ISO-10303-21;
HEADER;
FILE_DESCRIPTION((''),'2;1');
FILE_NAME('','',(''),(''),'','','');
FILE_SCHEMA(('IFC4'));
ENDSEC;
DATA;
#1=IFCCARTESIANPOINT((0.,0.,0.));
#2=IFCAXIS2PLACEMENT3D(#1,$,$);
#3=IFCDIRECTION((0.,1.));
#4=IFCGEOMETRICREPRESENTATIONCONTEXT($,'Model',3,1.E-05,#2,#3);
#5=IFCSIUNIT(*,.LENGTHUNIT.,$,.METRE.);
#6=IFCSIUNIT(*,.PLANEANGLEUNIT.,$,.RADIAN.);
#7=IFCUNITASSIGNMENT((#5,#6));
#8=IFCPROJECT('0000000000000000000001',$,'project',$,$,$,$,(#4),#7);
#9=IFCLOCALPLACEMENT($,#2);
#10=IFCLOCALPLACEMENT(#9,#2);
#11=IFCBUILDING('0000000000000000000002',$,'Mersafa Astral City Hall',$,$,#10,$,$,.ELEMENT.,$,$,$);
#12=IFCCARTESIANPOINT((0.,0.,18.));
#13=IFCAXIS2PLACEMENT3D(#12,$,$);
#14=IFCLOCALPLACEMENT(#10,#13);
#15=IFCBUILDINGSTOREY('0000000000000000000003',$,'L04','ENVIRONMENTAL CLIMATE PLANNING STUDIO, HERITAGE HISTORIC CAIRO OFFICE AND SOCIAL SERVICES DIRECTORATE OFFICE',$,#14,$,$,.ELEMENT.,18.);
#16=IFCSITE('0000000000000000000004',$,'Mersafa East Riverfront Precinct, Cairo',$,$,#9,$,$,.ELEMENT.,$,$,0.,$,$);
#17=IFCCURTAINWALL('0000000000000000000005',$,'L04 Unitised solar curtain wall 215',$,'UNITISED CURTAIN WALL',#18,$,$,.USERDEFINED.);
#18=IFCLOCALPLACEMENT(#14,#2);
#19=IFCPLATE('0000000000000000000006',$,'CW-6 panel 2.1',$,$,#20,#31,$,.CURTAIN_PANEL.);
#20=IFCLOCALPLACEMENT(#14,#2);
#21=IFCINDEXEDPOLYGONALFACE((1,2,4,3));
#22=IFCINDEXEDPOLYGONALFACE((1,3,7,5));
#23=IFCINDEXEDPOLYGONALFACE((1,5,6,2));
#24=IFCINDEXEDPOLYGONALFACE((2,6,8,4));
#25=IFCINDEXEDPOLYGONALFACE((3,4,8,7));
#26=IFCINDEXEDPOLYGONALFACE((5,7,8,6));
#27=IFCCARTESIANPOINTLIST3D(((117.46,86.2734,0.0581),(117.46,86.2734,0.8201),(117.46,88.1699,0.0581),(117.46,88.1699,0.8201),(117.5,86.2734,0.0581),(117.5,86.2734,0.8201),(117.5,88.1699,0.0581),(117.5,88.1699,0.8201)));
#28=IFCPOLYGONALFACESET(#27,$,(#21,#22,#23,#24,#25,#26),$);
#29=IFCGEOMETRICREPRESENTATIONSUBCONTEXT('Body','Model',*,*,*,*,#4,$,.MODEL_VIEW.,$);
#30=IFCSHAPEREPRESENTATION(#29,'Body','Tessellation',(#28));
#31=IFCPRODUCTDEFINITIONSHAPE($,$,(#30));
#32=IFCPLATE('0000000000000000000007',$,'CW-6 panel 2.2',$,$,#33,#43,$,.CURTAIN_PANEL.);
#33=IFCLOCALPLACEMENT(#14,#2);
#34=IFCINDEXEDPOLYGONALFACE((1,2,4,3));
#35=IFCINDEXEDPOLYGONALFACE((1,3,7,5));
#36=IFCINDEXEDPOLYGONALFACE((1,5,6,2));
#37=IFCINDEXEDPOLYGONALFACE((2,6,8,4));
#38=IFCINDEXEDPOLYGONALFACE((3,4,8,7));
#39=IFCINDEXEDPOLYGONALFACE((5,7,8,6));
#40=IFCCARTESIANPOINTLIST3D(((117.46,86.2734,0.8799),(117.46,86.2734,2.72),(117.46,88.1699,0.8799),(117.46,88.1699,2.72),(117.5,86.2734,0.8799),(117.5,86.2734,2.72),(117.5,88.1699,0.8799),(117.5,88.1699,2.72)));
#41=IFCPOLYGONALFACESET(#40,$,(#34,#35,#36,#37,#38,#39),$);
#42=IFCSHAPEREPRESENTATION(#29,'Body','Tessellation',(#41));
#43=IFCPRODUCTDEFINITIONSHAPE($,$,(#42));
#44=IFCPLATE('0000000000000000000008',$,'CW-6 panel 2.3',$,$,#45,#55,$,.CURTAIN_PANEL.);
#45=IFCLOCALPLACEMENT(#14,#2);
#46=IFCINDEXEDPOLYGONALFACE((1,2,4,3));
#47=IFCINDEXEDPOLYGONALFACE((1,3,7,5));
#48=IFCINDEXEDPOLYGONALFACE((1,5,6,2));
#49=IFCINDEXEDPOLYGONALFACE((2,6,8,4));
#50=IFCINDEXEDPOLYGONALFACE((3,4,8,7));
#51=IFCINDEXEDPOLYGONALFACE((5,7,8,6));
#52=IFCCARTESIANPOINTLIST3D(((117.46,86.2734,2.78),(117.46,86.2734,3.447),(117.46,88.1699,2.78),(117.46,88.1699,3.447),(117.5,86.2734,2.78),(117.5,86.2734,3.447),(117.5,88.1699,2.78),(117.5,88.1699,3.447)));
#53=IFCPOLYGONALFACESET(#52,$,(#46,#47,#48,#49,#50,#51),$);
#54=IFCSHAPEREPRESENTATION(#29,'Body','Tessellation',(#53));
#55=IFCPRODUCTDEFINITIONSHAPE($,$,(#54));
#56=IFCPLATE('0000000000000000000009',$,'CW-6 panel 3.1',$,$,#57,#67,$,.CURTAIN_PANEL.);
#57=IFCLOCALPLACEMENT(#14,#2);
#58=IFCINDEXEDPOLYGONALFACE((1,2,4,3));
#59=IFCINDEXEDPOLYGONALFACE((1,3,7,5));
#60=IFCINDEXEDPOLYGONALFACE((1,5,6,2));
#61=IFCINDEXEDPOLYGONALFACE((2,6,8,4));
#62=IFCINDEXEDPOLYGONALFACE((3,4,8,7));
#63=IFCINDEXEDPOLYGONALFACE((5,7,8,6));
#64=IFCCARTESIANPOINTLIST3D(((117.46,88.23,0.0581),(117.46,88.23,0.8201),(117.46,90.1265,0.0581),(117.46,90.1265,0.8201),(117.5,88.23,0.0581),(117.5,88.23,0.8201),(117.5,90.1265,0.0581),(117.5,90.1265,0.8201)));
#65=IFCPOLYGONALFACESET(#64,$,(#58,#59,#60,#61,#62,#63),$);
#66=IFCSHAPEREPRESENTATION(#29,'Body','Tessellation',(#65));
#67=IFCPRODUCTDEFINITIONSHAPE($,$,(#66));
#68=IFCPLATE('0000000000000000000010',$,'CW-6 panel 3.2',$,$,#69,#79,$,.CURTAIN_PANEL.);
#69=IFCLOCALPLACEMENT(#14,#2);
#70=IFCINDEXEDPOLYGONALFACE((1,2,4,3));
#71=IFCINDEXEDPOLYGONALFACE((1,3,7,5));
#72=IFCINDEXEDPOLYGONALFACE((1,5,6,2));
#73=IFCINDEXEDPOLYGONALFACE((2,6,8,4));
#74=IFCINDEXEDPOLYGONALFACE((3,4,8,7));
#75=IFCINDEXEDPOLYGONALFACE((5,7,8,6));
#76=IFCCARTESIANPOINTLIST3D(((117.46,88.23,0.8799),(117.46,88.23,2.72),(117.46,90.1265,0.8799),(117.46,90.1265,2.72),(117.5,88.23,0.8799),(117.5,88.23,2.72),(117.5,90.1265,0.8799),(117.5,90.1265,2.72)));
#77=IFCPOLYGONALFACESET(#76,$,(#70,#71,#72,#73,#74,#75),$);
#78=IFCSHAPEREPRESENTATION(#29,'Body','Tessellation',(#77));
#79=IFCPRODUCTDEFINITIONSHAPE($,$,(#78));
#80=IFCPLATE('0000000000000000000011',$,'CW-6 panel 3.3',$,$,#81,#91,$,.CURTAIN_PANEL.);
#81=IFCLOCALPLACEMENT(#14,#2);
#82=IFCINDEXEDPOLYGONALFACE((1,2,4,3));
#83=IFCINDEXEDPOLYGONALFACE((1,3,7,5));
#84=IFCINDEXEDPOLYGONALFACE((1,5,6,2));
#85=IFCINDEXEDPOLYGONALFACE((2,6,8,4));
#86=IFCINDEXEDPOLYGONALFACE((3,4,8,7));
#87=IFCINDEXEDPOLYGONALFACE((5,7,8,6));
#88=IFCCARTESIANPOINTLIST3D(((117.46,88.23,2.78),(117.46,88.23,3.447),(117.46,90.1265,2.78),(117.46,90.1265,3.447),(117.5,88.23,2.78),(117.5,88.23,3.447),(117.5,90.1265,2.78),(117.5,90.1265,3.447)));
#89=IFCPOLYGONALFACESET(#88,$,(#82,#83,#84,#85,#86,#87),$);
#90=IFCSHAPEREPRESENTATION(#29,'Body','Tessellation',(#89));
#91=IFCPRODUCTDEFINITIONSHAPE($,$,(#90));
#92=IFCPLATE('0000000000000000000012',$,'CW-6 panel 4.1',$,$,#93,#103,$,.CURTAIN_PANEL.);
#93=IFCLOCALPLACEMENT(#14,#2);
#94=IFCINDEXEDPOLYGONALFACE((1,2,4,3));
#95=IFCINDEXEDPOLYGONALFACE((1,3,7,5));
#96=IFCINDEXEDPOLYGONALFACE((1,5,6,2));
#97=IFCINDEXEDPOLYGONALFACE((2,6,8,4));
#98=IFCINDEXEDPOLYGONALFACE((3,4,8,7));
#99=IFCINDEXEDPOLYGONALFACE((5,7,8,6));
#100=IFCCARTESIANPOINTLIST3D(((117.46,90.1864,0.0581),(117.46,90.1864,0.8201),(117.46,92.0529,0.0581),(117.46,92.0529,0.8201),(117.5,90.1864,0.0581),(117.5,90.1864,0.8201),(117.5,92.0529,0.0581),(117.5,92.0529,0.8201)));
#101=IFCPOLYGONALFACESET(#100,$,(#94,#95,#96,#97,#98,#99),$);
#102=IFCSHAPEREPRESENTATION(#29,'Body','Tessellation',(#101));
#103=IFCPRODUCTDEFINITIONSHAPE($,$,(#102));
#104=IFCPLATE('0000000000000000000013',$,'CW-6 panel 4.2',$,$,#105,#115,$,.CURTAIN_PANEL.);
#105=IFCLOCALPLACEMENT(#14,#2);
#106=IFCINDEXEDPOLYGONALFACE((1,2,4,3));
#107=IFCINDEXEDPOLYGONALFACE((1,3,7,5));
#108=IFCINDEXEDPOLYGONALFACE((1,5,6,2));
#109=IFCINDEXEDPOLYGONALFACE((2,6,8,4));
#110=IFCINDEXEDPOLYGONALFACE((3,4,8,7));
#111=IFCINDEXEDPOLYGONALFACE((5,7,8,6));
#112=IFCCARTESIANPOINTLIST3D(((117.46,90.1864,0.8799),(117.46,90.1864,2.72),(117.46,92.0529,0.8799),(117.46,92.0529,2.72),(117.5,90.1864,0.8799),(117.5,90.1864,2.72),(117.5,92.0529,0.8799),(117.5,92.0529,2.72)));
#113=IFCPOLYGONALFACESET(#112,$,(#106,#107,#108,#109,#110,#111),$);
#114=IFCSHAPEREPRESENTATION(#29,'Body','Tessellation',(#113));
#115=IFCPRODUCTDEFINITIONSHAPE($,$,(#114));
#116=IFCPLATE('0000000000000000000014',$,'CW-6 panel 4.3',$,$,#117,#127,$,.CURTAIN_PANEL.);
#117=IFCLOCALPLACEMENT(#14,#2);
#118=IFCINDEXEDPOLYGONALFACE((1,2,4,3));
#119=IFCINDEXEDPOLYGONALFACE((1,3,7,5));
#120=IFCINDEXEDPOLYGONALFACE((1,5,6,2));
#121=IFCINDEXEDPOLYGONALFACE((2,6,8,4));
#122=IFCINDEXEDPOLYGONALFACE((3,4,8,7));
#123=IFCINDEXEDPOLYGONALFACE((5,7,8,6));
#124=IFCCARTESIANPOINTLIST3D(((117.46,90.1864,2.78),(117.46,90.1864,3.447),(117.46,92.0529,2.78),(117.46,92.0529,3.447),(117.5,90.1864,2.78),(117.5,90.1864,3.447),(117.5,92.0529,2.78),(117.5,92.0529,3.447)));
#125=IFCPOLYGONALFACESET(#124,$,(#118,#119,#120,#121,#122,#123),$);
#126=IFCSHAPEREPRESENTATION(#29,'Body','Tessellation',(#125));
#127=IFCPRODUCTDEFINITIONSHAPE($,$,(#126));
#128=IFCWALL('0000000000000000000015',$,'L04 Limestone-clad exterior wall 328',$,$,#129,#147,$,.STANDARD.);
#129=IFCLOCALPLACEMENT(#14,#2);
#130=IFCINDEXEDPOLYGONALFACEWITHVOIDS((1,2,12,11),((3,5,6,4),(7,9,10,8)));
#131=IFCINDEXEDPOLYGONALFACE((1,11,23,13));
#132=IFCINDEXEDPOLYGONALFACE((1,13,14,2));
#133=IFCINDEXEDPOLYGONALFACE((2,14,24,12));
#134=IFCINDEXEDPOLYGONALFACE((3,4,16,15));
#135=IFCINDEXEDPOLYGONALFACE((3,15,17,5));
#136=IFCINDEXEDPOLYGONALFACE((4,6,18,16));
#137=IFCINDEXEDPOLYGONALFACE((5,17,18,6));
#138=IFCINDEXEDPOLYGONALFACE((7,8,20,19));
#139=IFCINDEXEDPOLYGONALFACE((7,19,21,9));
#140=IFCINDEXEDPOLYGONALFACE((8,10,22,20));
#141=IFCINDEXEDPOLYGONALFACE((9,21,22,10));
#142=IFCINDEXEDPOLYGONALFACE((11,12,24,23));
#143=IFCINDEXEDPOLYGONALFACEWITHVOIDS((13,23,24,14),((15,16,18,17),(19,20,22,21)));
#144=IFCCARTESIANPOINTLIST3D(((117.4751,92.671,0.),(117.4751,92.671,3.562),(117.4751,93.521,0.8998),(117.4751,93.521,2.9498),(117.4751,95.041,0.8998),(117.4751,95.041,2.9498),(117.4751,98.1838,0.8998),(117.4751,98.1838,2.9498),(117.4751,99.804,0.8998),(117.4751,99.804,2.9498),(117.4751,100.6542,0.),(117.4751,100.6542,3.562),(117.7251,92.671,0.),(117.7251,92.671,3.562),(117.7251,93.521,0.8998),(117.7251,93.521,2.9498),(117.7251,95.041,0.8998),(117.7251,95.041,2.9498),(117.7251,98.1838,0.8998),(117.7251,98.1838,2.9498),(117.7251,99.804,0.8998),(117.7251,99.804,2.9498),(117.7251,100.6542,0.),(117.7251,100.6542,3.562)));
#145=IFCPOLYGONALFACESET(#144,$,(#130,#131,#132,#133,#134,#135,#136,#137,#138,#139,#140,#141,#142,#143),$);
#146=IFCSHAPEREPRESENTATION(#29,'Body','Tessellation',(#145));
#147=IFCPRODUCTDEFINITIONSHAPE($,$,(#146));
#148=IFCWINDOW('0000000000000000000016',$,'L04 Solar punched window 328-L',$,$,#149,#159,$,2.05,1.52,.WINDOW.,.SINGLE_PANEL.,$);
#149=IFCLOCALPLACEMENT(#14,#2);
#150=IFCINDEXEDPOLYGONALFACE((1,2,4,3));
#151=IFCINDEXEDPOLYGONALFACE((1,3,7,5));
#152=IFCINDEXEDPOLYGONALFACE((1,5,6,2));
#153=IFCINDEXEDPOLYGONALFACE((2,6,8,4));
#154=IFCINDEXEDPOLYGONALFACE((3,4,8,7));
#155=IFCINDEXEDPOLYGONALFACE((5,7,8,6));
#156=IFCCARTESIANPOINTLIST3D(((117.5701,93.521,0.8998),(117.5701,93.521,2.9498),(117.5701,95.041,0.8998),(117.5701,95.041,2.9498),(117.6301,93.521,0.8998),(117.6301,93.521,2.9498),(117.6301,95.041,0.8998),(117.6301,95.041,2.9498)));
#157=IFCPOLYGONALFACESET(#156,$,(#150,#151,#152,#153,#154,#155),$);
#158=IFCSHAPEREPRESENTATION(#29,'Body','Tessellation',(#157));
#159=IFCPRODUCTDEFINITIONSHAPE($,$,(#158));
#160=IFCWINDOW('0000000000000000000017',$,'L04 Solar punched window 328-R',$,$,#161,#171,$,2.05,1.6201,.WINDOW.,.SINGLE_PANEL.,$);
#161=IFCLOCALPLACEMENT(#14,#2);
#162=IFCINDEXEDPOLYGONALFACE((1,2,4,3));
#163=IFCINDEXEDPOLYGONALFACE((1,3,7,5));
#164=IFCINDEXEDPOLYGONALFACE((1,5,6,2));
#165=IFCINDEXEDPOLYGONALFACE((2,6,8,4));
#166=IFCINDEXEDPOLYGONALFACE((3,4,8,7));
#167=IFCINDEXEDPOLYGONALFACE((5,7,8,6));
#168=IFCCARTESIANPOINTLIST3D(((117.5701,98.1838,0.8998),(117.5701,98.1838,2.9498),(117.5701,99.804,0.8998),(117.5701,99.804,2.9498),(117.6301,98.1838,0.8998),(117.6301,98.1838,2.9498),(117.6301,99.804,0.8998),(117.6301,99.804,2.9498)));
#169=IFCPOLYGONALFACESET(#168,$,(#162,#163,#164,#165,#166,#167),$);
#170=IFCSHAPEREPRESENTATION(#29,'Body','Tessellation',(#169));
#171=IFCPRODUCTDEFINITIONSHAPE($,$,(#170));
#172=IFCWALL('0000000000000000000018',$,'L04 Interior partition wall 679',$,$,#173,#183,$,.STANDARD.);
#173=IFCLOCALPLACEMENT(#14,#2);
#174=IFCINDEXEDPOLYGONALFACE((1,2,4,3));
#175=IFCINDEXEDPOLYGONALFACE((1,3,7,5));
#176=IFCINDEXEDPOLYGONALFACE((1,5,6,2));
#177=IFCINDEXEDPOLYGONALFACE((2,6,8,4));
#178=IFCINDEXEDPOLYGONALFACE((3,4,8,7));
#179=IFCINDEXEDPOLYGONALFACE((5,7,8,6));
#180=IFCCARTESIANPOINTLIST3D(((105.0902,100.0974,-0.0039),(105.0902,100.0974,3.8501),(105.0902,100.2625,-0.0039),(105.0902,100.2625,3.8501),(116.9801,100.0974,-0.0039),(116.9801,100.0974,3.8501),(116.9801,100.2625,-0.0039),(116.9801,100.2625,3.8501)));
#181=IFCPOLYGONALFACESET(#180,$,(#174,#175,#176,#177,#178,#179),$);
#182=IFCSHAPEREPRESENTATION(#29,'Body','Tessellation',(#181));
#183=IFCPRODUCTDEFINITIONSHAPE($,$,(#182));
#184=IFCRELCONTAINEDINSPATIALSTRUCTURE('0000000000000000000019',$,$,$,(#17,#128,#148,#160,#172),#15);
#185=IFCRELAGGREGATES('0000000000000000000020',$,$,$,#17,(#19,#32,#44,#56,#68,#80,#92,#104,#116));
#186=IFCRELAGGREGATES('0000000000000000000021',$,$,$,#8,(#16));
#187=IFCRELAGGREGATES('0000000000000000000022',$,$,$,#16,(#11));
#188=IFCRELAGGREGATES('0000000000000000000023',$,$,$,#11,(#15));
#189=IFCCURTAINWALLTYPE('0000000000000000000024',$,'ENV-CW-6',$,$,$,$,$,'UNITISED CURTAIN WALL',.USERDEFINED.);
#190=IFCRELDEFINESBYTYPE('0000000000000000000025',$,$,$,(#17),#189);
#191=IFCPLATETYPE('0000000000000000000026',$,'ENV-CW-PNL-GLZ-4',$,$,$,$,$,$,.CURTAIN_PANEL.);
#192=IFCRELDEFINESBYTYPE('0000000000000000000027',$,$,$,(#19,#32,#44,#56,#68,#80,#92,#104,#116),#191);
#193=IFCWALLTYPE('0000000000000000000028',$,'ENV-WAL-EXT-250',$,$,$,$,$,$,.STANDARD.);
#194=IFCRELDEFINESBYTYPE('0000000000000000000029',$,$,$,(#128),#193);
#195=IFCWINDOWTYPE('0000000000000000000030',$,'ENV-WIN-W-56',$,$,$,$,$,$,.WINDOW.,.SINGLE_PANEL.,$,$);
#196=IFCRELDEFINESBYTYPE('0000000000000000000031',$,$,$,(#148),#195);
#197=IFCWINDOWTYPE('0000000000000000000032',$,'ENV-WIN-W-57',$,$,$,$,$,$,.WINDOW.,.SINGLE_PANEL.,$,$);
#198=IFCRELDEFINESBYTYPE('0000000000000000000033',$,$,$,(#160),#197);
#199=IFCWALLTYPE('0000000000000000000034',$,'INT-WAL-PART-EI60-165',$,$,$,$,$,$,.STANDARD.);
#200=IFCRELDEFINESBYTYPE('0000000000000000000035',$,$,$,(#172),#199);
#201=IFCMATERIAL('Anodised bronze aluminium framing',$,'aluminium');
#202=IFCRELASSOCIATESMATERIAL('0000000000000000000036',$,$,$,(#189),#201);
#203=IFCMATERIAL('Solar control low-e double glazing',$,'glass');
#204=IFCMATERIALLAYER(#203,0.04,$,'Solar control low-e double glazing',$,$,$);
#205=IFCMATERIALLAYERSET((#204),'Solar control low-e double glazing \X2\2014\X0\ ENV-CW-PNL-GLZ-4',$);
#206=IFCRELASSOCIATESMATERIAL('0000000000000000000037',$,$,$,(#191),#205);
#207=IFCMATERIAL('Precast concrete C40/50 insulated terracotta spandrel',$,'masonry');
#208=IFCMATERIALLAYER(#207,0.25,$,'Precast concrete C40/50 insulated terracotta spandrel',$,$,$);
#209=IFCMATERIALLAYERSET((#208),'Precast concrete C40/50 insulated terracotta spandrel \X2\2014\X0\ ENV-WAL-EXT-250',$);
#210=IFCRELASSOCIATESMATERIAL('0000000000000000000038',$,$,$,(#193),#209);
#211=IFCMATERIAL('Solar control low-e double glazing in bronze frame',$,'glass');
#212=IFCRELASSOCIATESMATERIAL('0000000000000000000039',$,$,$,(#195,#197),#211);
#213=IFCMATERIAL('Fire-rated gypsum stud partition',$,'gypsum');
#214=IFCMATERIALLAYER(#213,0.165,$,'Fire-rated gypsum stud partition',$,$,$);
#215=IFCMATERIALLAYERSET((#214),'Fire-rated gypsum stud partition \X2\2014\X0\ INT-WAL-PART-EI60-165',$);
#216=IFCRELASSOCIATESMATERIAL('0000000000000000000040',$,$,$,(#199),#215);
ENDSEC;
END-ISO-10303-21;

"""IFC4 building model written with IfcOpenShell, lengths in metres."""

from ifc_helpers import new_model, si_unit, direction, frame, frame_2d, origin, origin_2d, place, context, subcontext, project, spatial, rectangle, extrude, material, layer, layer_set, type_object, element, fill, aggregate, save


model = new_model("IFC4")

# Units and contexts
model_context = context("Model", 3, precision=1e-05, world=origin(), true_north=direction((0.0, 1.0)))
body_context = subcontext(model_context, "Body", "Model", "MODEL_VIEW")
ifc_project = project(units=[si_unit("LENGTHUNIT", "METRE"), si_unit("PLANEANGLEUNIT", "RADIAN")], contexts=[model_context])

# Site, building, storey
site_placement = place(None, origin())
site = spatial("IfcSite", under=ifc_project, at=site_placement, Name="Mersafa East Riverfront Precinct, Cairo", CompositionType="ELEMENT", RefElevation=0.0)
building_placement = place(site_placement, origin())
building = spatial("IfcBuilding", under=site, at=building_placement, Name="Mersafa Astral City Hall", CompositionType="ELEMENT")
storey_placement = place(building_placement, frame((0.0, 0.0, 18.0)))
storey = spatial("IfcBuildingStorey", under=building, at=storey_placement, Name="L04", Description="ENVIRONMENTAL CLIMATE PLANNING STUDIO, HERITAGE HISTORIC CAIRO OFFICE AND SOCIAL SERVICES DIRECTORATE OFFICE", CompositionType="ELEMENT", Elevation=18.0)

# Curtain wall
ifc_material_1 = material(Name="Anodised bronze aluminium framing", Category="aluminium")
curtain_wall_type = type_object("IfcCurtainWallType", Name="ENV-CW-6", ElementType="UNITISED CURTAIN WALL", PredefinedType="USERDEFINED", material=ifc_material_1)
curtain_wall_placement = place(storey_placement, origin())
curtain_wall = element("IfcCurtainWall", 1, at=curtain_wall_placement, inside=storey, type_object=curtain_wall_type, Name="L04 Unitised solar curtain wall 215", ObjectType="UNITISED CURTAIN WALL", PredefinedType="USERDEFINED")

# Plates
ifc_material_2 = material(Name="Solar control low-e double glazing", Category="glass")
ifc_layer_1 = layer(ifc_material_2, 0.04, Name="Solar control low-e double glazing")
ifc_layer_set_1 = layer_set([ifc_layer_1], Name="Solar control low-e double glazing — ENV-CW-PNL-GLZ-4")
plate_type = type_object("IfcPlateType", Name="ENV-CW-PNL-GLZ-4", PredefinedType="CURTAIN_PANEL", material=ifc_layer_set_1)
plate_1_placement = place(storey_placement, frame((117.48, 87.2217, 0.0581), z_axis=(0.0, 0.0, 1.0), x_axis=(0.0, 1.0, 0.0)))
plate_1 = element("IfcPlate", 2, at=plate_1_placement, type_object=plate_type, Name="CW-6 panel 2.1", PredefinedType="CURTAIN_PANEL", context=body_context, shape_type="SweptSolid", body=[
    extrude(rectangle(XDim=1.8965, YDim=0.04, at=origin_2d()), origin(), (0.0, 0.0, 1.0), 0.762),
])
plate_2_placement = place(storey_placement, frame((117.48, 87.2217, 0.8799), z_axis=(0.0, 0.0, 1.0), x_axis=(0.0, 1.0, 0.0)))
plate_2 = element("IfcPlate", 3, at=plate_2_placement, type_object=plate_type, Name="CW-6 panel 2.2", PredefinedType="CURTAIN_PANEL", context=body_context, shape_type="SweptSolid", body=[
    extrude(rectangle(XDim=1.8965, YDim=0.04, at=origin_2d()), origin(), (0.0, 0.0, 1.0), 1.8401),
])
plate_3_placement = place(storey_placement, frame((117.48, 87.2217, 2.78), z_axis=(0.0, 0.0, 1.0), x_axis=(0.0, 1.0, 0.0)))
plate_3 = element("IfcPlate", 4, at=plate_3_placement, type_object=plate_type, Name="CW-6 panel 2.3", PredefinedType="CURTAIN_PANEL", context=body_context, shape_type="SweptSolid", body=[
    extrude(rectangle(XDim=1.8965, YDim=0.04, at=origin_2d()), origin(), (0.0, 0.0, 1.0), 0.667),
])
plate_4_placement = place(storey_placement, frame((117.48, 89.1782, 0.0581), z_axis=(0.0, 0.0, 1.0), x_axis=(0.0, 1.0, 0.0)))
plate_4 = element("IfcPlate", 5, at=plate_4_placement, type_object=plate_type, Name="CW-6 panel 3.1", PredefinedType="CURTAIN_PANEL", context=body_context, shape_type="SweptSolid", body=[
    extrude(rectangle(XDim=1.8965, YDim=0.04, at=origin_2d()), origin(), (0.0, 0.0, 1.0), 0.762),
])
plate_5_placement = place(storey_placement, frame((117.48, 89.1782, 0.8799), z_axis=(0.0, 0.0, 1.0), x_axis=(0.0, 1.0, 0.0)))
plate_5 = element("IfcPlate", 6, at=plate_5_placement, type_object=plate_type, Name="CW-6 panel 3.2", PredefinedType="CURTAIN_PANEL", context=body_context, shape_type="SweptSolid", body=[
    extrude(rectangle(XDim=1.8965, YDim=0.04, at=origin_2d()), origin(), (0.0, 0.0, 1.0), 1.8401),
])
plate_6_placement = place(storey_placement, frame((117.48, 89.1782, 2.78), z_axis=(0.0, 0.0, 1.0), x_axis=(0.0, 1.0, 0.0)))
plate_6 = element("IfcPlate", 7, at=plate_6_placement, type_object=plate_type, Name="CW-6 panel 3.3", PredefinedType="CURTAIN_PANEL", context=body_context, shape_type="SweptSolid", body=[
    extrude(rectangle(XDim=1.8965, YDim=0.04, at=origin_2d()), origin(), (0.0, 0.0, 1.0), 0.667),
])
plate_7_placement = place(storey_placement, frame((117.48, 91.1196, 0.0581), z_axis=(0.0, 0.0, 1.0), x_axis=(0.0, 1.0, 0.0)))
plate_7 = element("IfcPlate", 8, at=plate_7_placement, type_object=plate_type, Name="CW-6 panel 4.1", PredefinedType="CURTAIN_PANEL", context=body_context, shape_type="SweptSolid", body=[
    extrude(rectangle(XDim=1.8665, YDim=0.04, at=origin_2d()), origin(), (0.0, 0.0, 1.0), 0.762),
])
plate_8_placement = place(storey_placement, frame((117.48, 91.1196, 0.8799), z_axis=(0.0, 0.0, 1.0), x_axis=(0.0, 1.0, 0.0)))
plate_8 = element("IfcPlate", 9, at=plate_8_placement, type_object=plate_type, Name="CW-6 panel 4.2", PredefinedType="CURTAIN_PANEL", context=body_context, shape_type="SweptSolid", body=[
    extrude(rectangle(XDim=1.8665, YDim=0.04, at=origin_2d()), origin(), (0.0, 0.0, 1.0), 1.8401),
])
plate_9_placement = place(storey_placement, frame((117.48, 91.1196, 2.78), z_axis=(0.0, 0.0, 1.0), x_axis=(0.0, 1.0, 0.0)))
plate_9 = element("IfcPlate", 10, at=plate_9_placement, type_object=plate_type, Name="CW-6 panel 4.3", PredefinedType="CURTAIN_PANEL", context=body_context, shape_type="SweptSolid", body=[
    extrude(rectangle(XDim=1.8665, YDim=0.04, at=origin_2d()), origin(), (0.0, 0.0, 1.0), 0.667),
])
aggregate(curtain_wall, [plate_1, plate_2, plate_3, plate_4, plate_5, plate_6, plate_7, plate_8, plate_9])

# Wall, openings, windows
ifc_material_3 = material(Name="Precast concrete C40/50 insulated terracotta spandrel", Category="masonry")
ifc_layer_2 = layer(ifc_material_3, 0.25, Name="Precast concrete C40/50 insulated terracotta spandrel")
ifc_layer_set_2 = layer_set([ifc_layer_2], Name="Precast concrete C40/50 insulated terracotta spandrel — ENV-WAL-EXT-250")
wall_type_1 = type_object("IfcWallType", Name="ENV-WAL-EXT-250", PredefinedType="STANDARD", material=ifc_layer_set_2)
wall_1_placement = place(storey_placement, frame((117.6001, 92.6709, 0.0), z_axis=(0.0, 0.0, 1.0), x_axis=(0.0, 1.0, 0.0)))
wall_1 = element("IfcWall", 11, at=wall_1_placement, inside=storey, type_object=wall_type_1, Name="L04 Limestone-clad exterior wall 328", PredefinedType="STANDARD", context=body_context, shape_type="SweptSolid", body=[
    extrude(rectangle(XDim=7.9832, YDim=0.25, at=frame_2d((3.9917, 0.0))), origin(), (0.0, 0.0, 1.0), 3.562),
])
opening_1_placement = place(wall_1_placement, frame((0.8501, 0.0, 0.8999)))
opening_1 = element("IfcOpeningElement", 12, at=opening_1_placement, cuts=wall_1, PredefinedType="OPENING", context=body_context, shape_type="SweptSolid", body=[
    extrude(rectangle(XDim=1.52, YDim=2.05, at=frame_2d((0.76, 1.0249))), frame((0.0, 0.135, 0.0), z_axis=(0.0, -1.0, 0.0), x_axis=(1.0, 0.0, 0.0)), (0.0, 0.0, 1.0), 0.27),
])
opening_2_placement = place(wall_1_placement, frame((5.5129, 0.0, 0.8999)))
opening_2 = element("IfcOpeningElement", 13, at=opening_2_placement, cuts=wall_1, PredefinedType="OPENING", context=body_context, shape_type="SweptSolid", body=[
    extrude(rectangle(XDim=1.6201, YDim=2.05, at=frame_2d((0.8101, 1.0249))), frame((0.0, 0.135, 0.0), z_axis=(0.0, -1.0, 0.0), x_axis=(1.0, 0.0, 0.0)), (0.0, 0.0, 1.0), 0.27),
])
ifc_material_4 = material(Name="Solar control low-e double glazing in bronze frame", Category="glass")
window_type_1 = type_object("IfcWindowType", Name="ENV-WIN-W-56", PartitioningType="SINGLE_PANEL", PredefinedType="WINDOW", material=ifc_material_4)
window_1_placement = place(opening_1_placement, origin())
window_1 = element("IfcWindow", 14, at=window_1_placement, inside=storey, type_object=window_type_1, Name="L04 Solar punched window 328-L", OverallHeight=2.05, OverallWidth=1.52, PartitioningType="SINGLE_PANEL", PredefinedType="WINDOW", context=body_context, shape_type="SweptSolid", body=[
    extrude(rectangle(XDim=1.52, YDim=2.05, at=frame_2d((0.76, 1.0249))), frame((0.0, 0.03, 0.0), z_axis=(0.0, -1.0, 0.0), x_axis=(1.0, 0.0, 0.0)), (0.0, 0.0, 1.0), 0.0601),
])
fill(opening_1, window_1)
window_type_2 = type_object("IfcWindowType", Name="ENV-WIN-W-57", PartitioningType="SINGLE_PANEL", PredefinedType="WINDOW", material=ifc_material_4)
window_2_placement = place(opening_2_placement, origin())
window_2 = element("IfcWindow", 15, at=window_2_placement, inside=storey, type_object=window_type_2, Name="L04 Solar punched window 328-R", OverallHeight=2.05, OverallWidth=1.6201, PartitioningType="SINGLE_PANEL", PredefinedType="WINDOW", context=body_context, shape_type="SweptSolid", body=[
    extrude(rectangle(XDim=1.6201, YDim=2.05, at=frame_2d((0.8101, 1.0249))), frame((0.0, 0.03, 0.0), z_axis=(0.0, -1.0, 0.0), x_axis=(1.0, 0.0, 0.0)), (0.0, 0.0, 1.0), 0.0601),
])
fill(opening_2, window_2)

# Wall
ifc_material_5 = material(Name="Fire-rated gypsum stud partition", Category="gypsum")
ifc_layer_3 = layer(ifc_material_5, 0.165, Name="Fire-rated gypsum stud partition")
ifc_layer_set_3 = layer_set([ifc_layer_3], Name="Fire-rated gypsum stud partition — INT-WAL-PART-EI60-165")
wall_type_2 = type_object("IfcWallType", Name="INT-WAL-PART-EI60-165", PredefinedType="STANDARD", material=ifc_layer_set_3)
wall_2_placement = place(storey_placement, frame((116.98, 100.1799, -0.0039), z_axis=(0.0, 0.0, 1.0), x_axis=(-1.0, 0.0, 0.0)))
element("IfcWall", 16, at=wall_2_placement, inside=storey, type_object=wall_type_2, Name="L04 Interior partition wall 679", PredefinedType="STANDARD", context=body_context, shape_type="SweptSolid", body=[
    extrude(rectangle(XDim=11.8899, YDim=0.165, at=frame_2d((5.9448, 0.0))), origin(), (0.0, 0.0, 1.0), 3.854),
])

save(model, "model.ifc")
